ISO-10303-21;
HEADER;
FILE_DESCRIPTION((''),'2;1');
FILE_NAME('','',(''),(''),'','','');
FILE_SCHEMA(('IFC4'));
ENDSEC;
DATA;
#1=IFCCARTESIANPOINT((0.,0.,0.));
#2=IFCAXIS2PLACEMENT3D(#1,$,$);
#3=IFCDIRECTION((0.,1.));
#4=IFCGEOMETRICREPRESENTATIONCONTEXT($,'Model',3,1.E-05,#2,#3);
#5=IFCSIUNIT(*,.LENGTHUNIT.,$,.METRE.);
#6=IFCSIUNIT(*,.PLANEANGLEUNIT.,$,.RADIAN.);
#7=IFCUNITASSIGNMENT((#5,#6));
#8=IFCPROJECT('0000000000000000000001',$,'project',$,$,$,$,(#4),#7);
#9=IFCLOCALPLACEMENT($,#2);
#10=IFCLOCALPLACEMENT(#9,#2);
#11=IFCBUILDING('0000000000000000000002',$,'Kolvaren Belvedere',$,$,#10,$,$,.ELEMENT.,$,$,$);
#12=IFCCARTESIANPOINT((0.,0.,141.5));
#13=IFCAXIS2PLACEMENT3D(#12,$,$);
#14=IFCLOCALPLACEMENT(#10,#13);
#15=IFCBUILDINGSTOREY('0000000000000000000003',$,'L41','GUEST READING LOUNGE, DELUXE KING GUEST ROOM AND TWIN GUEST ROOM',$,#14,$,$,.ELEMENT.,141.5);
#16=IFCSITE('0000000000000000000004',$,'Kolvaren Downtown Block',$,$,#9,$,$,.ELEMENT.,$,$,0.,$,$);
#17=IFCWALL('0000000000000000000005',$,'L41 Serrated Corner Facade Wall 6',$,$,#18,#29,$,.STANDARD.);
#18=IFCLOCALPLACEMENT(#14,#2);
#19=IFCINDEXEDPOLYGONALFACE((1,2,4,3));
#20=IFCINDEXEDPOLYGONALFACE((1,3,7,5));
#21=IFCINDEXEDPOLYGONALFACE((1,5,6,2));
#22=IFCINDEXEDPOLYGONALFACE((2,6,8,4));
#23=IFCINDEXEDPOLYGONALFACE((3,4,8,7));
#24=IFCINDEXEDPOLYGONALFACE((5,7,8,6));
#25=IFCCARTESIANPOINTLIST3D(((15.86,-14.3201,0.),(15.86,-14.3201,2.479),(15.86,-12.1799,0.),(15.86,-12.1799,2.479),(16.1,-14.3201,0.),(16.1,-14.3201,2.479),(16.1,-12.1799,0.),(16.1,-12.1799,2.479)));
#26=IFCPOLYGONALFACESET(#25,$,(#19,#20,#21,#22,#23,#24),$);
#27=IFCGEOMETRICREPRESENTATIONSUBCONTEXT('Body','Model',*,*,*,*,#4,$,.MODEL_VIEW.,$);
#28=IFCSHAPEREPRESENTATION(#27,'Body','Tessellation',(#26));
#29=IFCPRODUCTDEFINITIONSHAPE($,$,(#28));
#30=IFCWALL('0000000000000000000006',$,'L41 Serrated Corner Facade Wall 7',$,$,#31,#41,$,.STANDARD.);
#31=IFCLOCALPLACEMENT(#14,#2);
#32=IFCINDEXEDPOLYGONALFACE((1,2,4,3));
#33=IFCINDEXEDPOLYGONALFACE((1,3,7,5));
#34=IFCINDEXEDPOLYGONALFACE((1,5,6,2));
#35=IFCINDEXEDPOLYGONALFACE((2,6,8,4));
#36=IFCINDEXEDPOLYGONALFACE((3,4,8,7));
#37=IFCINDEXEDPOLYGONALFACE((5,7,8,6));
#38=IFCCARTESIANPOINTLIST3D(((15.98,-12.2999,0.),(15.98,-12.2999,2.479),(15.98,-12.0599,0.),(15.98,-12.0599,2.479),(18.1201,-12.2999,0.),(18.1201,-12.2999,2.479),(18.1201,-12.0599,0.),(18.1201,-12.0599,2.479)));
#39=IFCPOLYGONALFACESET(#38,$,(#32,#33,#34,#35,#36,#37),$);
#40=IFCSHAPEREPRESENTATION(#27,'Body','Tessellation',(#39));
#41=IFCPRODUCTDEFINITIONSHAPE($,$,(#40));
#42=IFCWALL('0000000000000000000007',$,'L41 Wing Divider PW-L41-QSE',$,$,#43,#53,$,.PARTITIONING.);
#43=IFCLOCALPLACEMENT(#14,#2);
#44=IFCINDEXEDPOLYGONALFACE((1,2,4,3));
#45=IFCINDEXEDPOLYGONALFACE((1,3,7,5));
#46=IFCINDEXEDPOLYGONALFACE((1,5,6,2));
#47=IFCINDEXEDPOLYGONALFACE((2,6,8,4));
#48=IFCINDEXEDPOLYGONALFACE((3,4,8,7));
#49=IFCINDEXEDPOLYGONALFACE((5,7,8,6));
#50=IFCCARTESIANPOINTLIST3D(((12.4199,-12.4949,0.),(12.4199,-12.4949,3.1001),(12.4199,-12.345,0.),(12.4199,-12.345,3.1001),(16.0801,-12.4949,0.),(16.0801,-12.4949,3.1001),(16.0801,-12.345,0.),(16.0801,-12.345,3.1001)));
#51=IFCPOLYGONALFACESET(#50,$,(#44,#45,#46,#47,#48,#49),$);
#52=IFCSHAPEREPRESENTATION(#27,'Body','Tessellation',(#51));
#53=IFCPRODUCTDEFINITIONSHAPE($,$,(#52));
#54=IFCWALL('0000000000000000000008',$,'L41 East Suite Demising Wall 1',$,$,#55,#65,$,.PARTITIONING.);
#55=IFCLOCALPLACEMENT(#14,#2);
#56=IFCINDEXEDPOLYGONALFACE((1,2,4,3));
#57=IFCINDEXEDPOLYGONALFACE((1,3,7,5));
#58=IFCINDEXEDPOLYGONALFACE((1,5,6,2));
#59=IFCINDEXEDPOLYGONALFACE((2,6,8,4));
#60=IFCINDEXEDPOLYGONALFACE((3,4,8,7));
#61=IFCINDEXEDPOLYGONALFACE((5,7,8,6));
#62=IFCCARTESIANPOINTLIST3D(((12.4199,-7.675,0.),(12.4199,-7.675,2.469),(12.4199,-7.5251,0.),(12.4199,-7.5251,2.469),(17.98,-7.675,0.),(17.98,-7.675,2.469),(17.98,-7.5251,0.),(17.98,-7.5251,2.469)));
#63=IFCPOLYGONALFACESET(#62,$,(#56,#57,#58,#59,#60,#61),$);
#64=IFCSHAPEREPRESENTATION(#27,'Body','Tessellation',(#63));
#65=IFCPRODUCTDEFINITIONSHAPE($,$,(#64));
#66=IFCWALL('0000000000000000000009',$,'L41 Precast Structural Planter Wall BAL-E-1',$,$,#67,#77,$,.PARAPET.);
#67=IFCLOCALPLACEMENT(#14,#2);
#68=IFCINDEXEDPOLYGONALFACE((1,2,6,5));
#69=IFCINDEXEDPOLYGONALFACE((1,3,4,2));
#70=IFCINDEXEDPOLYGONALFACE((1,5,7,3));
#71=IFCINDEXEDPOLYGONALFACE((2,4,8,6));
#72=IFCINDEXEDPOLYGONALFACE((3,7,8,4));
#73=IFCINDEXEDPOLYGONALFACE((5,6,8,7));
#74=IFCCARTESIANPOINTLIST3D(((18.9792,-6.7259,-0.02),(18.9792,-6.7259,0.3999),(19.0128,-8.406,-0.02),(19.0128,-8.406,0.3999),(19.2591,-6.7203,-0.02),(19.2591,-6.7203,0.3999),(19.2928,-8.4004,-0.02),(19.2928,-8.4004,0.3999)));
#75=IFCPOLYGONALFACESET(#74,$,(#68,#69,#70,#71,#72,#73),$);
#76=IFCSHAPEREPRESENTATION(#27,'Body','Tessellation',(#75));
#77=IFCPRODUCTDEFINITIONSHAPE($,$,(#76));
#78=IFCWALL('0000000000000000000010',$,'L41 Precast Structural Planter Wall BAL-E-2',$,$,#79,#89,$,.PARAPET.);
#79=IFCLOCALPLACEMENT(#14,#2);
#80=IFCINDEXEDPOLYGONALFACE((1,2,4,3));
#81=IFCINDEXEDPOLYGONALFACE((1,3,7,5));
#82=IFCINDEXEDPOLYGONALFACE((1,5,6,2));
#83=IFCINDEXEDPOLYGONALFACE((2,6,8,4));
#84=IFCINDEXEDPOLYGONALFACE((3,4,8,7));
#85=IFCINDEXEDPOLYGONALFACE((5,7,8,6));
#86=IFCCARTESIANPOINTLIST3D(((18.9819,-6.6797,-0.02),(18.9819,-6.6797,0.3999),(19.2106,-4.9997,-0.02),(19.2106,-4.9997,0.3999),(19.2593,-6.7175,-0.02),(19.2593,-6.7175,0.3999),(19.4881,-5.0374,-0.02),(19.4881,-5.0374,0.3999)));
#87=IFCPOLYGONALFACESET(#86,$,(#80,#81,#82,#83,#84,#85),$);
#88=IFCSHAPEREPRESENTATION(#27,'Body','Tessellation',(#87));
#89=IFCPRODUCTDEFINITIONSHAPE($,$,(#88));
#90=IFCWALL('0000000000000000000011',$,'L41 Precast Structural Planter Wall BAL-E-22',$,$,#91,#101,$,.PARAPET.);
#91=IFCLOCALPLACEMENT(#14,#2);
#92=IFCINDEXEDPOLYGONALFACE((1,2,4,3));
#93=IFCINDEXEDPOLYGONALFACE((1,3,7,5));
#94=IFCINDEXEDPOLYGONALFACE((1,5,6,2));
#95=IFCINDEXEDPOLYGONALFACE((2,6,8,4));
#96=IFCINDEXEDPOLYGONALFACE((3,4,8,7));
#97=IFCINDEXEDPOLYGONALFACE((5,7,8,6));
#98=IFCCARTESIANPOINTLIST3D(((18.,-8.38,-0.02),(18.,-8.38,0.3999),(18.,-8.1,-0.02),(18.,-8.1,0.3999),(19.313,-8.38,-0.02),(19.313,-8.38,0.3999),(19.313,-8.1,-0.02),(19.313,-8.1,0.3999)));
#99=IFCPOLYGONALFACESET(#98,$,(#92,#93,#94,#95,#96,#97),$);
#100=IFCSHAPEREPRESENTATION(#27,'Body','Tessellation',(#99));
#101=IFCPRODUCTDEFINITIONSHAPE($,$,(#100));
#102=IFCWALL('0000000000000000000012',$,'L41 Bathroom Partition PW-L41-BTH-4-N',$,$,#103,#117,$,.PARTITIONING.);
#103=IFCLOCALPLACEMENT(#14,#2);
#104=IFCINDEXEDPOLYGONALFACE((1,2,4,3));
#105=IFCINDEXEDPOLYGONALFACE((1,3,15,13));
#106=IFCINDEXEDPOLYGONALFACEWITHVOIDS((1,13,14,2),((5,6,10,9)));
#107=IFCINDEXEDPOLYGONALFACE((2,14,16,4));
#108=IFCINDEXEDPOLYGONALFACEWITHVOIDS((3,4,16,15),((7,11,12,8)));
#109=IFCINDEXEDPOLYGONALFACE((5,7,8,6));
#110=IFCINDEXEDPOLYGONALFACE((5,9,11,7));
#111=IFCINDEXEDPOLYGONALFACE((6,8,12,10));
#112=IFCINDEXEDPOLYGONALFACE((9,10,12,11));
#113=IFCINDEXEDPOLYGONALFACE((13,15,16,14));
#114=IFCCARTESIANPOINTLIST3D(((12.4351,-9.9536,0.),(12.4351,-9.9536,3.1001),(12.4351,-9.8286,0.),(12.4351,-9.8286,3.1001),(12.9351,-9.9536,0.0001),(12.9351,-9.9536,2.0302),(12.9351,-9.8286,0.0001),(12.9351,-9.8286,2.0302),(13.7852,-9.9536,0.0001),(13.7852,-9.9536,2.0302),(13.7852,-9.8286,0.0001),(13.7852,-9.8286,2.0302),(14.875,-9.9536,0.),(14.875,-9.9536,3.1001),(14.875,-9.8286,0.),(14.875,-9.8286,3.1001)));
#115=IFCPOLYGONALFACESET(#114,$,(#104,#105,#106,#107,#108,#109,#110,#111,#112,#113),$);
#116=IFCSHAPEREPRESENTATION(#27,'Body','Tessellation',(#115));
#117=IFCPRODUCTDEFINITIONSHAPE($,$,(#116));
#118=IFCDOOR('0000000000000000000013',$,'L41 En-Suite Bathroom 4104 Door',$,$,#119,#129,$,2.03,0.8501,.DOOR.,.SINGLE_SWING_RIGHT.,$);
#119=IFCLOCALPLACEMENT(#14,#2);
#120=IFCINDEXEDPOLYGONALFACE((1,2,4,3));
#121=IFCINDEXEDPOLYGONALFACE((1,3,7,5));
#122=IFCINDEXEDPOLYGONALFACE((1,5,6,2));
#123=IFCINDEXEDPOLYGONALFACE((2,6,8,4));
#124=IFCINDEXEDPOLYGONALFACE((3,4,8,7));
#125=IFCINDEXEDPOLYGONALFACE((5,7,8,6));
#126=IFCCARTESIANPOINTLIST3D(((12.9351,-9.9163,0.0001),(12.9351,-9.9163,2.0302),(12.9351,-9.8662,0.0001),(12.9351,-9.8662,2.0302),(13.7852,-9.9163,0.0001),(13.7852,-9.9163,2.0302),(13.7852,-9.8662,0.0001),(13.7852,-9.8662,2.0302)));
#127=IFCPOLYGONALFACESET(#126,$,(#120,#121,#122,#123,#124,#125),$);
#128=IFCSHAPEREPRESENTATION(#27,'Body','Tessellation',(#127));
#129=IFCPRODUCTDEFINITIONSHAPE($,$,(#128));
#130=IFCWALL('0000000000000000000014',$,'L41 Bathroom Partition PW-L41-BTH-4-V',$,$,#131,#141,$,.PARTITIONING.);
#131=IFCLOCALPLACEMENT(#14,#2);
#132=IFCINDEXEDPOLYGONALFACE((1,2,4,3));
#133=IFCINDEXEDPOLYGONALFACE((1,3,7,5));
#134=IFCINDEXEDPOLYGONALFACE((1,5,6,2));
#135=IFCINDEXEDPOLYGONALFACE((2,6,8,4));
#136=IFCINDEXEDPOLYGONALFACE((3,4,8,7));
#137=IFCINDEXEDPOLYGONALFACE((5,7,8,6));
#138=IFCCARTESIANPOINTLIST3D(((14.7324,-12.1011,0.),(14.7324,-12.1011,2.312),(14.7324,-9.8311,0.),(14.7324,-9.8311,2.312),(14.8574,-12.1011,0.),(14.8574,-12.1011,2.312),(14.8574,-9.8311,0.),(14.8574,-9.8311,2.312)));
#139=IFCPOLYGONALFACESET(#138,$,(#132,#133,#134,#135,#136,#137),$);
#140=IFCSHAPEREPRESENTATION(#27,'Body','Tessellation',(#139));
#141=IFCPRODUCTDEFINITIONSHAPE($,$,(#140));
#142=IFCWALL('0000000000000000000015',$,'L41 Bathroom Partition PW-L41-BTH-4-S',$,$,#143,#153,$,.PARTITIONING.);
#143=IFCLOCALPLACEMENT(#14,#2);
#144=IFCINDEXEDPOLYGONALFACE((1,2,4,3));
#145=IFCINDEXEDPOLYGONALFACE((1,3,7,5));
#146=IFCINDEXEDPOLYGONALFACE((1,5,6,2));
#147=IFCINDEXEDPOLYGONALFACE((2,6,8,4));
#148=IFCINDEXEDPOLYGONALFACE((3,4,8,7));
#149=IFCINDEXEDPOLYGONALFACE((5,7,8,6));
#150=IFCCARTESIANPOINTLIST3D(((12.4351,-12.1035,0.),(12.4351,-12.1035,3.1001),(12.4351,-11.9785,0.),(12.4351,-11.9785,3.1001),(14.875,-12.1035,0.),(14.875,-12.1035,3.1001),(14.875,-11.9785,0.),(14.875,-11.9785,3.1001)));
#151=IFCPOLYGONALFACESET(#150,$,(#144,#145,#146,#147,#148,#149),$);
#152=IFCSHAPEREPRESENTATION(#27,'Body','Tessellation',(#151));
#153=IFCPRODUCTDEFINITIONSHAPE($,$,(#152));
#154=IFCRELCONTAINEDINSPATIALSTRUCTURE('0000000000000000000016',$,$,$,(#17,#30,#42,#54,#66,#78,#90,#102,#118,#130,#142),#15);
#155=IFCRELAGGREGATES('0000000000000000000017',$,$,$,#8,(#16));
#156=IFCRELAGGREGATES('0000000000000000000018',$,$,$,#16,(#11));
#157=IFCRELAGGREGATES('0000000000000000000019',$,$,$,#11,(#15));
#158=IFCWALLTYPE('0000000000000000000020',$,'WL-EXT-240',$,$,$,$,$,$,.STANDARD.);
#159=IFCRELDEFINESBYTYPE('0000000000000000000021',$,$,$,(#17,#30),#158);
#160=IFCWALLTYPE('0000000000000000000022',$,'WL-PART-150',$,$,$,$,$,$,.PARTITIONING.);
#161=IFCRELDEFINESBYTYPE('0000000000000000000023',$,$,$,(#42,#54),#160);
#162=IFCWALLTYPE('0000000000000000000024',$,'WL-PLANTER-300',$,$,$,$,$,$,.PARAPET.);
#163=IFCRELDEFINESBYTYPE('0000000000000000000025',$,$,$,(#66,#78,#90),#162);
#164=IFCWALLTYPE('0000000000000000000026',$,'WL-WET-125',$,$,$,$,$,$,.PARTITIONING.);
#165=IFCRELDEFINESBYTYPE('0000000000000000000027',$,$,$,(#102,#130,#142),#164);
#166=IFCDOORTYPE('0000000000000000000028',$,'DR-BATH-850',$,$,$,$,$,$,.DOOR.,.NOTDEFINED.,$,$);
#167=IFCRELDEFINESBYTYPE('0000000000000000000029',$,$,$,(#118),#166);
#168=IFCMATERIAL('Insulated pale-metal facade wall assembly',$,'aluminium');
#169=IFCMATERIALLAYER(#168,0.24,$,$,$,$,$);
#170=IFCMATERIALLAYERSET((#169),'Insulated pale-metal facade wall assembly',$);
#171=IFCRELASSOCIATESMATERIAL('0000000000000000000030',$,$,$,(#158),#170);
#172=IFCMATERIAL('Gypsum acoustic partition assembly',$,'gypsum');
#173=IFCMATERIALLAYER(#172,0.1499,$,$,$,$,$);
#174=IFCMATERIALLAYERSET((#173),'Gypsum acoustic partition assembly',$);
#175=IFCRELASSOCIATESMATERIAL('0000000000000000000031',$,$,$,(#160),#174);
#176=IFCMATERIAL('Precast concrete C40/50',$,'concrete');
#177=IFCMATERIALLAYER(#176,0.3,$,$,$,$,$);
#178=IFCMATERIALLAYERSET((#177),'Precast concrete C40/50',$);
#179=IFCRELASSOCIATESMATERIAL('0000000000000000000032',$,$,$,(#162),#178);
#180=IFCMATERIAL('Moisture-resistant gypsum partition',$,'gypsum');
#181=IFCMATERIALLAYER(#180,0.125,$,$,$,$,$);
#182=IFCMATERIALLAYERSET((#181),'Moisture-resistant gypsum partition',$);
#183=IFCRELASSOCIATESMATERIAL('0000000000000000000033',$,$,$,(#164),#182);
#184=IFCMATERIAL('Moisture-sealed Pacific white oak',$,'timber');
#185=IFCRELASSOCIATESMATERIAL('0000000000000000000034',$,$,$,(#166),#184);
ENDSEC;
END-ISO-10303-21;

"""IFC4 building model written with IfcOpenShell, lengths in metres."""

from ifc_helpers import new_model, si_unit, direction, frame, frame_2d, origin, place, context, subcontext, project, spatial, rectangle, extrude, material, layer, layer_set, type_object, element, fill, save


model = new_model("IFC4")

# Units and contexts
model_context = context("Model", 3, precision=1e-05, world=origin(), true_north=direction((0.0, 1.0)))
body_context = subcontext(model_context, "Body", "Model", "MODEL_VIEW")
ifc_project = project(units=[si_unit("LENGTHUNIT", "METRE"), si_unit("PLANEANGLEUNIT", "RADIAN")], contexts=[model_context])

# Site, building, storey
site_placement = place(None, origin())
site = spatial("IfcSite", under=ifc_project, at=site_placement, Name="Kolvaren Downtown Block", CompositionType="ELEMENT", RefElevation=0.0)
building_placement = place(site_placement, origin())
building = spatial("IfcBuilding", under=site, at=building_placement, Name="Kolvaren Belvedere", CompositionType="ELEMENT")
storey_placement = place(building_placement, frame((0.0, 0.0, 141.5)))
storey = spatial("IfcBuildingStorey", under=building, at=storey_placement, Name="L41", Description="GUEST READING LOUNGE, DELUXE KING GUEST ROOM AND TWIN GUEST ROOM", CompositionType="ELEMENT", Elevation=141.5)

# Walls
ifc_material_1 = material(Name="Insulated pale-metal facade wall assembly", Category="aluminium")
ifc_layer_1 = layer(ifc_material_1, 0.24)
ifc_layer_set_1 = layer_set([ifc_layer_1], Name="Insulated pale-metal facade wall assembly")
wall_type_1 = type_object("IfcWallType", Name="WL-EXT-240", PredefinedType="STANDARD", material=ifc_layer_set_1)
for number, where, z_axis, x_axis, name in (
    (1, (15.98, -12.1799, 0.0), (0.0, 0.0, 1.0), (0.0, -1.0, 0.0), "L41 Serrated Corner Facade Wall 6"),
    (2, (18.1201, -12.1799, 0.0), (0.0, 0.0, 1.0), (-1.0, 0.0, 0.0), "L41 Serrated Corner Facade Wall 7"),
):
    element("IfcWall", number, at=place(storey_placement, frame(where, z_axis=z_axis, x_axis=x_axis)), inside=storey, type_object=wall_type_1, Name=name, PredefinedType="STANDARD", context=body_context, shape_type="SweptSolid", body=[
        extrude(rectangle(XDim=2.1401, YDim=0.24, at=frame_2d((1.0701, 0.0))), origin(), (0.0, 0.0, 1.0), 2.479),
    ])
ifc_material_2 = material(Name="Gypsum acoustic partition assembly", Category="gypsum")
ifc_layer_2 = layer(ifc_material_2, 0.1499)
ifc_layer_set_2 = layer_set([ifc_layer_2], Name="Gypsum acoustic partition assembly")
wall_type_2 = type_object("IfcWallType", Name="WL-PART-150", PredefinedType="PARTITIONING", material=ifc_layer_set_2)
wall_1_placement = place(storey_placement, frame((12.4199, -12.4199, 0.0), z_axis=(0.0, 0.0, 1.0), x_axis=(1.0, 0.0, 0.0)))
element("IfcWall", 3, at=wall_1_placement, inside=storey, type_object=wall_type_2, Name="L41 Wing Divider PW-L41-QSE", PredefinedType="PARTITIONING", context=body_context, shape_type="SweptSolid", body=[
    extrude(rectangle(XDim=3.6602, YDim=0.1499, at=frame_2d((1.8301, 0.0))), origin(), (0.0, 0.0, 1.0), 3.1001),
])
wall_2_placement = place(storey_placement, frame((12.4199, -7.6001, 0.0), z_axis=(0.0, 0.0, 1.0), x_axis=(1.0, 0.0, 0.0)))
element("IfcWall", 4, at=wall_2_placement, inside=storey, type_object=wall_type_2, Name="L41 East Suite Demising Wall 1", PredefinedType="PARTITIONING", context=body_context, shape_type="SweptSolid", body=[
    extrude(rectangle(XDim=5.5601, YDim=0.1499, at=frame_2d((2.78, 0.0))), origin(), (0.0, 0.0, 1.0), 2.469),
])
ifc_material_3 = material(Name="Precast concrete C40/50", Category="concrete")
ifc_layer_3 = layer(ifc_material_3, 0.3)
ifc_layer_set_3 = layer_set([ifc_layer_3], Name="Precast concrete C40/50")
wall_type_3 = type_object("IfcWallType", Name="WL-PLANTER-300", PredefinedType="PARAPET", material=ifc_layer_set_3)
wall_3_placement = place(storey_placement, frame((19.1528, -8.4033, -0.02), z_axis=(0.0, 0.0, 1.0), x_axis=(-0.020048, 0.999799, 0.0)))
element("IfcWall", 5, at=wall_3_placement, inside=storey, type_object=wall_type_3, Name="L41 Precast Structural Planter Wall BAL-E-1", PredefinedType="PARAPET", context=body_context, shape_type="SweptSolid", body=[
    extrude(rectangle(XDim=1.6804, YDim=0.28, at=frame_2d((0.8403, 0.0))), origin(), (0.0, 0.0, 1.0), 0.4199),
])
wall_4_placement = place(storey_placement, frame((19.1206, -6.6985, -0.02), z_axis=(0.0, 0.0, 1.0), x_axis=(0.134908, 0.990858, 0.0)))
element("IfcWall", 6, at=wall_4_placement, inside=storey, type_object=wall_type_3, Name="L41 Precast Structural Planter Wall BAL-E-2", PredefinedType="PARAPET", context=body_context, shape_type="SweptSolid", body=[
    extrude(rectangle(XDim=1.6956, YDim=0.28, at=frame_2d((0.8477, 0.0))), origin(), (0.0, 0.0, 1.0), 0.4199),
])
wall_5_placement = place(storey_placement, frame((18.0, -8.24, -0.02), z_axis=(0.0, 0.0, 1.0), x_axis=(1.0, 0.0, 0.0)))
element("IfcWall", 7, at=wall_5_placement, inside=storey, type_object=wall_type_3, Name="L41 Precast Structural Planter Wall BAL-E-22", PredefinedType="PARAPET", context=body_context, shape_type="SweptSolid", body=[
    extrude(rectangle(XDim=1.313, YDim=0.28, at=frame_2d((0.6565, 0.0))), origin(), (0.0, 0.0, 1.0), 0.4199),
])

# Wall, opening, door
ifc_material_4 = material(Name="Moisture-resistant gypsum partition", Category="gypsum")
ifc_layer_4 = layer(ifc_material_4, 0.125)
ifc_layer_set_4 = layer_set([ifc_layer_4], Name="Moisture-resistant gypsum partition")
wall_type_4 = type_object("IfcWallType", Name="WL-WET-125", PredefinedType="PARTITIONING", material=ifc_layer_set_4)
wall_6_placement = place(storey_placement, frame((12.4351, -9.8911, 0.0), z_axis=(0.0, 0.0, 1.0), x_axis=(1.0, 0.0, 0.0)))
wall_6 = element("IfcWall", 8, at=wall_6_placement, inside=storey, type_object=wall_type_4, Name="L41 Bathroom Partition PW-L41-BTH-4-N", PredefinedType="PARTITIONING", context=body_context, shape_type="SweptSolid", body=[
    extrude(rectangle(XDim=2.4399, YDim=0.125, at=frame_2d((1.22, 0.0))), origin(), (0.0, 0.0, 1.0), 3.1001),
])
opening_placement = place(wall_6_placement, frame((0.5, 0.0, 0.0)))
opening = element("IfcOpeningElement", 9, at=opening_placement, cuts=wall_6, PredefinedType="OPENING", context=body_context, shape_type="SweptSolid", body=[
    extrude(rectangle(XDim=0.8501, YDim=2.03, at=frame_2d((0.425, 1.0151))), frame((0.0, 0.0725, 0.0), z_axis=(0.0, -1.0, 0.0), x_axis=(1.0, 0.0, 0.0)), (0.0, 0.0, 1.0), 0.145),
])
ifc_material_5 = material(Name="Moisture-sealed Pacific white oak", Category="timber")
door_type = type_object("IfcDoorType", Name="DR-BATH-850", OperationType="NOTDEFINED", PredefinedType="DOOR", material=ifc_material_5)
door_placement = place(opening_placement, origin())
door = element("IfcDoor", 10, at=door_placement, inside=storey, type_object=door_type, Name="L41 En-Suite Bathroom 4104 Door", OperationType="SINGLE_SWING_RIGHT", OverallHeight=2.03, OverallWidth=0.8501, PredefinedType="DOOR", context=body_context, shape_type="SweptSolid", body=[
    extrude(rectangle(XDim=0.8501, YDim=2.03, at=frame_2d((0.425, 1.0151))), frame((0.0, 0.0249, 0.0), z_axis=(0.0, -1.0, 0.0), x_axis=(1.0, 0.0, 0.0)), (0.0, 0.0, 1.0), 0.05),
])
fill(opening, door)

# Walls
wall_7_placement = place(storey_placement, frame((14.7949, -12.1011, 0.0), z_axis=(0.0, 0.0, 1.0), x_axis=(0.0, 1.0, 0.0)))
element("IfcWall", 11, at=wall_7_placement, inside=storey, type_object=wall_type_4, Name="L41 Bathroom Partition PW-L41-BTH-4-V", PredefinedType="PARTITIONING", context=body_context, shape_type="SweptSolid", body=[
    extrude(rectangle(XDim=2.27, YDim=0.125, at=frame_2d((1.135, 0.0))), origin(), (0.0, 0.0, 1.0), 2.312),
])
wall_8_placement = place(storey_placement, frame((12.4351, -12.041, 0.0), z_axis=(0.0, 0.0, 1.0), x_axis=(1.0, 0.0, 0.0)))
element("IfcWall", 12, at=wall_8_placement, inside=storey, type_object=wall_type_4, Name="L41 Bathroom Partition PW-L41-BTH-4-S", PredefinedType="PARTITIONING", context=body_context, shape_type="SweptSolid", body=[
    extrude(rectangle(XDim=2.4399, YDim=0.125, at=frame_2d((1.22, 0.0))), origin(), (0.0, 0.0, 1.0), 3.1001),
])

save(model, "model.ifc")
